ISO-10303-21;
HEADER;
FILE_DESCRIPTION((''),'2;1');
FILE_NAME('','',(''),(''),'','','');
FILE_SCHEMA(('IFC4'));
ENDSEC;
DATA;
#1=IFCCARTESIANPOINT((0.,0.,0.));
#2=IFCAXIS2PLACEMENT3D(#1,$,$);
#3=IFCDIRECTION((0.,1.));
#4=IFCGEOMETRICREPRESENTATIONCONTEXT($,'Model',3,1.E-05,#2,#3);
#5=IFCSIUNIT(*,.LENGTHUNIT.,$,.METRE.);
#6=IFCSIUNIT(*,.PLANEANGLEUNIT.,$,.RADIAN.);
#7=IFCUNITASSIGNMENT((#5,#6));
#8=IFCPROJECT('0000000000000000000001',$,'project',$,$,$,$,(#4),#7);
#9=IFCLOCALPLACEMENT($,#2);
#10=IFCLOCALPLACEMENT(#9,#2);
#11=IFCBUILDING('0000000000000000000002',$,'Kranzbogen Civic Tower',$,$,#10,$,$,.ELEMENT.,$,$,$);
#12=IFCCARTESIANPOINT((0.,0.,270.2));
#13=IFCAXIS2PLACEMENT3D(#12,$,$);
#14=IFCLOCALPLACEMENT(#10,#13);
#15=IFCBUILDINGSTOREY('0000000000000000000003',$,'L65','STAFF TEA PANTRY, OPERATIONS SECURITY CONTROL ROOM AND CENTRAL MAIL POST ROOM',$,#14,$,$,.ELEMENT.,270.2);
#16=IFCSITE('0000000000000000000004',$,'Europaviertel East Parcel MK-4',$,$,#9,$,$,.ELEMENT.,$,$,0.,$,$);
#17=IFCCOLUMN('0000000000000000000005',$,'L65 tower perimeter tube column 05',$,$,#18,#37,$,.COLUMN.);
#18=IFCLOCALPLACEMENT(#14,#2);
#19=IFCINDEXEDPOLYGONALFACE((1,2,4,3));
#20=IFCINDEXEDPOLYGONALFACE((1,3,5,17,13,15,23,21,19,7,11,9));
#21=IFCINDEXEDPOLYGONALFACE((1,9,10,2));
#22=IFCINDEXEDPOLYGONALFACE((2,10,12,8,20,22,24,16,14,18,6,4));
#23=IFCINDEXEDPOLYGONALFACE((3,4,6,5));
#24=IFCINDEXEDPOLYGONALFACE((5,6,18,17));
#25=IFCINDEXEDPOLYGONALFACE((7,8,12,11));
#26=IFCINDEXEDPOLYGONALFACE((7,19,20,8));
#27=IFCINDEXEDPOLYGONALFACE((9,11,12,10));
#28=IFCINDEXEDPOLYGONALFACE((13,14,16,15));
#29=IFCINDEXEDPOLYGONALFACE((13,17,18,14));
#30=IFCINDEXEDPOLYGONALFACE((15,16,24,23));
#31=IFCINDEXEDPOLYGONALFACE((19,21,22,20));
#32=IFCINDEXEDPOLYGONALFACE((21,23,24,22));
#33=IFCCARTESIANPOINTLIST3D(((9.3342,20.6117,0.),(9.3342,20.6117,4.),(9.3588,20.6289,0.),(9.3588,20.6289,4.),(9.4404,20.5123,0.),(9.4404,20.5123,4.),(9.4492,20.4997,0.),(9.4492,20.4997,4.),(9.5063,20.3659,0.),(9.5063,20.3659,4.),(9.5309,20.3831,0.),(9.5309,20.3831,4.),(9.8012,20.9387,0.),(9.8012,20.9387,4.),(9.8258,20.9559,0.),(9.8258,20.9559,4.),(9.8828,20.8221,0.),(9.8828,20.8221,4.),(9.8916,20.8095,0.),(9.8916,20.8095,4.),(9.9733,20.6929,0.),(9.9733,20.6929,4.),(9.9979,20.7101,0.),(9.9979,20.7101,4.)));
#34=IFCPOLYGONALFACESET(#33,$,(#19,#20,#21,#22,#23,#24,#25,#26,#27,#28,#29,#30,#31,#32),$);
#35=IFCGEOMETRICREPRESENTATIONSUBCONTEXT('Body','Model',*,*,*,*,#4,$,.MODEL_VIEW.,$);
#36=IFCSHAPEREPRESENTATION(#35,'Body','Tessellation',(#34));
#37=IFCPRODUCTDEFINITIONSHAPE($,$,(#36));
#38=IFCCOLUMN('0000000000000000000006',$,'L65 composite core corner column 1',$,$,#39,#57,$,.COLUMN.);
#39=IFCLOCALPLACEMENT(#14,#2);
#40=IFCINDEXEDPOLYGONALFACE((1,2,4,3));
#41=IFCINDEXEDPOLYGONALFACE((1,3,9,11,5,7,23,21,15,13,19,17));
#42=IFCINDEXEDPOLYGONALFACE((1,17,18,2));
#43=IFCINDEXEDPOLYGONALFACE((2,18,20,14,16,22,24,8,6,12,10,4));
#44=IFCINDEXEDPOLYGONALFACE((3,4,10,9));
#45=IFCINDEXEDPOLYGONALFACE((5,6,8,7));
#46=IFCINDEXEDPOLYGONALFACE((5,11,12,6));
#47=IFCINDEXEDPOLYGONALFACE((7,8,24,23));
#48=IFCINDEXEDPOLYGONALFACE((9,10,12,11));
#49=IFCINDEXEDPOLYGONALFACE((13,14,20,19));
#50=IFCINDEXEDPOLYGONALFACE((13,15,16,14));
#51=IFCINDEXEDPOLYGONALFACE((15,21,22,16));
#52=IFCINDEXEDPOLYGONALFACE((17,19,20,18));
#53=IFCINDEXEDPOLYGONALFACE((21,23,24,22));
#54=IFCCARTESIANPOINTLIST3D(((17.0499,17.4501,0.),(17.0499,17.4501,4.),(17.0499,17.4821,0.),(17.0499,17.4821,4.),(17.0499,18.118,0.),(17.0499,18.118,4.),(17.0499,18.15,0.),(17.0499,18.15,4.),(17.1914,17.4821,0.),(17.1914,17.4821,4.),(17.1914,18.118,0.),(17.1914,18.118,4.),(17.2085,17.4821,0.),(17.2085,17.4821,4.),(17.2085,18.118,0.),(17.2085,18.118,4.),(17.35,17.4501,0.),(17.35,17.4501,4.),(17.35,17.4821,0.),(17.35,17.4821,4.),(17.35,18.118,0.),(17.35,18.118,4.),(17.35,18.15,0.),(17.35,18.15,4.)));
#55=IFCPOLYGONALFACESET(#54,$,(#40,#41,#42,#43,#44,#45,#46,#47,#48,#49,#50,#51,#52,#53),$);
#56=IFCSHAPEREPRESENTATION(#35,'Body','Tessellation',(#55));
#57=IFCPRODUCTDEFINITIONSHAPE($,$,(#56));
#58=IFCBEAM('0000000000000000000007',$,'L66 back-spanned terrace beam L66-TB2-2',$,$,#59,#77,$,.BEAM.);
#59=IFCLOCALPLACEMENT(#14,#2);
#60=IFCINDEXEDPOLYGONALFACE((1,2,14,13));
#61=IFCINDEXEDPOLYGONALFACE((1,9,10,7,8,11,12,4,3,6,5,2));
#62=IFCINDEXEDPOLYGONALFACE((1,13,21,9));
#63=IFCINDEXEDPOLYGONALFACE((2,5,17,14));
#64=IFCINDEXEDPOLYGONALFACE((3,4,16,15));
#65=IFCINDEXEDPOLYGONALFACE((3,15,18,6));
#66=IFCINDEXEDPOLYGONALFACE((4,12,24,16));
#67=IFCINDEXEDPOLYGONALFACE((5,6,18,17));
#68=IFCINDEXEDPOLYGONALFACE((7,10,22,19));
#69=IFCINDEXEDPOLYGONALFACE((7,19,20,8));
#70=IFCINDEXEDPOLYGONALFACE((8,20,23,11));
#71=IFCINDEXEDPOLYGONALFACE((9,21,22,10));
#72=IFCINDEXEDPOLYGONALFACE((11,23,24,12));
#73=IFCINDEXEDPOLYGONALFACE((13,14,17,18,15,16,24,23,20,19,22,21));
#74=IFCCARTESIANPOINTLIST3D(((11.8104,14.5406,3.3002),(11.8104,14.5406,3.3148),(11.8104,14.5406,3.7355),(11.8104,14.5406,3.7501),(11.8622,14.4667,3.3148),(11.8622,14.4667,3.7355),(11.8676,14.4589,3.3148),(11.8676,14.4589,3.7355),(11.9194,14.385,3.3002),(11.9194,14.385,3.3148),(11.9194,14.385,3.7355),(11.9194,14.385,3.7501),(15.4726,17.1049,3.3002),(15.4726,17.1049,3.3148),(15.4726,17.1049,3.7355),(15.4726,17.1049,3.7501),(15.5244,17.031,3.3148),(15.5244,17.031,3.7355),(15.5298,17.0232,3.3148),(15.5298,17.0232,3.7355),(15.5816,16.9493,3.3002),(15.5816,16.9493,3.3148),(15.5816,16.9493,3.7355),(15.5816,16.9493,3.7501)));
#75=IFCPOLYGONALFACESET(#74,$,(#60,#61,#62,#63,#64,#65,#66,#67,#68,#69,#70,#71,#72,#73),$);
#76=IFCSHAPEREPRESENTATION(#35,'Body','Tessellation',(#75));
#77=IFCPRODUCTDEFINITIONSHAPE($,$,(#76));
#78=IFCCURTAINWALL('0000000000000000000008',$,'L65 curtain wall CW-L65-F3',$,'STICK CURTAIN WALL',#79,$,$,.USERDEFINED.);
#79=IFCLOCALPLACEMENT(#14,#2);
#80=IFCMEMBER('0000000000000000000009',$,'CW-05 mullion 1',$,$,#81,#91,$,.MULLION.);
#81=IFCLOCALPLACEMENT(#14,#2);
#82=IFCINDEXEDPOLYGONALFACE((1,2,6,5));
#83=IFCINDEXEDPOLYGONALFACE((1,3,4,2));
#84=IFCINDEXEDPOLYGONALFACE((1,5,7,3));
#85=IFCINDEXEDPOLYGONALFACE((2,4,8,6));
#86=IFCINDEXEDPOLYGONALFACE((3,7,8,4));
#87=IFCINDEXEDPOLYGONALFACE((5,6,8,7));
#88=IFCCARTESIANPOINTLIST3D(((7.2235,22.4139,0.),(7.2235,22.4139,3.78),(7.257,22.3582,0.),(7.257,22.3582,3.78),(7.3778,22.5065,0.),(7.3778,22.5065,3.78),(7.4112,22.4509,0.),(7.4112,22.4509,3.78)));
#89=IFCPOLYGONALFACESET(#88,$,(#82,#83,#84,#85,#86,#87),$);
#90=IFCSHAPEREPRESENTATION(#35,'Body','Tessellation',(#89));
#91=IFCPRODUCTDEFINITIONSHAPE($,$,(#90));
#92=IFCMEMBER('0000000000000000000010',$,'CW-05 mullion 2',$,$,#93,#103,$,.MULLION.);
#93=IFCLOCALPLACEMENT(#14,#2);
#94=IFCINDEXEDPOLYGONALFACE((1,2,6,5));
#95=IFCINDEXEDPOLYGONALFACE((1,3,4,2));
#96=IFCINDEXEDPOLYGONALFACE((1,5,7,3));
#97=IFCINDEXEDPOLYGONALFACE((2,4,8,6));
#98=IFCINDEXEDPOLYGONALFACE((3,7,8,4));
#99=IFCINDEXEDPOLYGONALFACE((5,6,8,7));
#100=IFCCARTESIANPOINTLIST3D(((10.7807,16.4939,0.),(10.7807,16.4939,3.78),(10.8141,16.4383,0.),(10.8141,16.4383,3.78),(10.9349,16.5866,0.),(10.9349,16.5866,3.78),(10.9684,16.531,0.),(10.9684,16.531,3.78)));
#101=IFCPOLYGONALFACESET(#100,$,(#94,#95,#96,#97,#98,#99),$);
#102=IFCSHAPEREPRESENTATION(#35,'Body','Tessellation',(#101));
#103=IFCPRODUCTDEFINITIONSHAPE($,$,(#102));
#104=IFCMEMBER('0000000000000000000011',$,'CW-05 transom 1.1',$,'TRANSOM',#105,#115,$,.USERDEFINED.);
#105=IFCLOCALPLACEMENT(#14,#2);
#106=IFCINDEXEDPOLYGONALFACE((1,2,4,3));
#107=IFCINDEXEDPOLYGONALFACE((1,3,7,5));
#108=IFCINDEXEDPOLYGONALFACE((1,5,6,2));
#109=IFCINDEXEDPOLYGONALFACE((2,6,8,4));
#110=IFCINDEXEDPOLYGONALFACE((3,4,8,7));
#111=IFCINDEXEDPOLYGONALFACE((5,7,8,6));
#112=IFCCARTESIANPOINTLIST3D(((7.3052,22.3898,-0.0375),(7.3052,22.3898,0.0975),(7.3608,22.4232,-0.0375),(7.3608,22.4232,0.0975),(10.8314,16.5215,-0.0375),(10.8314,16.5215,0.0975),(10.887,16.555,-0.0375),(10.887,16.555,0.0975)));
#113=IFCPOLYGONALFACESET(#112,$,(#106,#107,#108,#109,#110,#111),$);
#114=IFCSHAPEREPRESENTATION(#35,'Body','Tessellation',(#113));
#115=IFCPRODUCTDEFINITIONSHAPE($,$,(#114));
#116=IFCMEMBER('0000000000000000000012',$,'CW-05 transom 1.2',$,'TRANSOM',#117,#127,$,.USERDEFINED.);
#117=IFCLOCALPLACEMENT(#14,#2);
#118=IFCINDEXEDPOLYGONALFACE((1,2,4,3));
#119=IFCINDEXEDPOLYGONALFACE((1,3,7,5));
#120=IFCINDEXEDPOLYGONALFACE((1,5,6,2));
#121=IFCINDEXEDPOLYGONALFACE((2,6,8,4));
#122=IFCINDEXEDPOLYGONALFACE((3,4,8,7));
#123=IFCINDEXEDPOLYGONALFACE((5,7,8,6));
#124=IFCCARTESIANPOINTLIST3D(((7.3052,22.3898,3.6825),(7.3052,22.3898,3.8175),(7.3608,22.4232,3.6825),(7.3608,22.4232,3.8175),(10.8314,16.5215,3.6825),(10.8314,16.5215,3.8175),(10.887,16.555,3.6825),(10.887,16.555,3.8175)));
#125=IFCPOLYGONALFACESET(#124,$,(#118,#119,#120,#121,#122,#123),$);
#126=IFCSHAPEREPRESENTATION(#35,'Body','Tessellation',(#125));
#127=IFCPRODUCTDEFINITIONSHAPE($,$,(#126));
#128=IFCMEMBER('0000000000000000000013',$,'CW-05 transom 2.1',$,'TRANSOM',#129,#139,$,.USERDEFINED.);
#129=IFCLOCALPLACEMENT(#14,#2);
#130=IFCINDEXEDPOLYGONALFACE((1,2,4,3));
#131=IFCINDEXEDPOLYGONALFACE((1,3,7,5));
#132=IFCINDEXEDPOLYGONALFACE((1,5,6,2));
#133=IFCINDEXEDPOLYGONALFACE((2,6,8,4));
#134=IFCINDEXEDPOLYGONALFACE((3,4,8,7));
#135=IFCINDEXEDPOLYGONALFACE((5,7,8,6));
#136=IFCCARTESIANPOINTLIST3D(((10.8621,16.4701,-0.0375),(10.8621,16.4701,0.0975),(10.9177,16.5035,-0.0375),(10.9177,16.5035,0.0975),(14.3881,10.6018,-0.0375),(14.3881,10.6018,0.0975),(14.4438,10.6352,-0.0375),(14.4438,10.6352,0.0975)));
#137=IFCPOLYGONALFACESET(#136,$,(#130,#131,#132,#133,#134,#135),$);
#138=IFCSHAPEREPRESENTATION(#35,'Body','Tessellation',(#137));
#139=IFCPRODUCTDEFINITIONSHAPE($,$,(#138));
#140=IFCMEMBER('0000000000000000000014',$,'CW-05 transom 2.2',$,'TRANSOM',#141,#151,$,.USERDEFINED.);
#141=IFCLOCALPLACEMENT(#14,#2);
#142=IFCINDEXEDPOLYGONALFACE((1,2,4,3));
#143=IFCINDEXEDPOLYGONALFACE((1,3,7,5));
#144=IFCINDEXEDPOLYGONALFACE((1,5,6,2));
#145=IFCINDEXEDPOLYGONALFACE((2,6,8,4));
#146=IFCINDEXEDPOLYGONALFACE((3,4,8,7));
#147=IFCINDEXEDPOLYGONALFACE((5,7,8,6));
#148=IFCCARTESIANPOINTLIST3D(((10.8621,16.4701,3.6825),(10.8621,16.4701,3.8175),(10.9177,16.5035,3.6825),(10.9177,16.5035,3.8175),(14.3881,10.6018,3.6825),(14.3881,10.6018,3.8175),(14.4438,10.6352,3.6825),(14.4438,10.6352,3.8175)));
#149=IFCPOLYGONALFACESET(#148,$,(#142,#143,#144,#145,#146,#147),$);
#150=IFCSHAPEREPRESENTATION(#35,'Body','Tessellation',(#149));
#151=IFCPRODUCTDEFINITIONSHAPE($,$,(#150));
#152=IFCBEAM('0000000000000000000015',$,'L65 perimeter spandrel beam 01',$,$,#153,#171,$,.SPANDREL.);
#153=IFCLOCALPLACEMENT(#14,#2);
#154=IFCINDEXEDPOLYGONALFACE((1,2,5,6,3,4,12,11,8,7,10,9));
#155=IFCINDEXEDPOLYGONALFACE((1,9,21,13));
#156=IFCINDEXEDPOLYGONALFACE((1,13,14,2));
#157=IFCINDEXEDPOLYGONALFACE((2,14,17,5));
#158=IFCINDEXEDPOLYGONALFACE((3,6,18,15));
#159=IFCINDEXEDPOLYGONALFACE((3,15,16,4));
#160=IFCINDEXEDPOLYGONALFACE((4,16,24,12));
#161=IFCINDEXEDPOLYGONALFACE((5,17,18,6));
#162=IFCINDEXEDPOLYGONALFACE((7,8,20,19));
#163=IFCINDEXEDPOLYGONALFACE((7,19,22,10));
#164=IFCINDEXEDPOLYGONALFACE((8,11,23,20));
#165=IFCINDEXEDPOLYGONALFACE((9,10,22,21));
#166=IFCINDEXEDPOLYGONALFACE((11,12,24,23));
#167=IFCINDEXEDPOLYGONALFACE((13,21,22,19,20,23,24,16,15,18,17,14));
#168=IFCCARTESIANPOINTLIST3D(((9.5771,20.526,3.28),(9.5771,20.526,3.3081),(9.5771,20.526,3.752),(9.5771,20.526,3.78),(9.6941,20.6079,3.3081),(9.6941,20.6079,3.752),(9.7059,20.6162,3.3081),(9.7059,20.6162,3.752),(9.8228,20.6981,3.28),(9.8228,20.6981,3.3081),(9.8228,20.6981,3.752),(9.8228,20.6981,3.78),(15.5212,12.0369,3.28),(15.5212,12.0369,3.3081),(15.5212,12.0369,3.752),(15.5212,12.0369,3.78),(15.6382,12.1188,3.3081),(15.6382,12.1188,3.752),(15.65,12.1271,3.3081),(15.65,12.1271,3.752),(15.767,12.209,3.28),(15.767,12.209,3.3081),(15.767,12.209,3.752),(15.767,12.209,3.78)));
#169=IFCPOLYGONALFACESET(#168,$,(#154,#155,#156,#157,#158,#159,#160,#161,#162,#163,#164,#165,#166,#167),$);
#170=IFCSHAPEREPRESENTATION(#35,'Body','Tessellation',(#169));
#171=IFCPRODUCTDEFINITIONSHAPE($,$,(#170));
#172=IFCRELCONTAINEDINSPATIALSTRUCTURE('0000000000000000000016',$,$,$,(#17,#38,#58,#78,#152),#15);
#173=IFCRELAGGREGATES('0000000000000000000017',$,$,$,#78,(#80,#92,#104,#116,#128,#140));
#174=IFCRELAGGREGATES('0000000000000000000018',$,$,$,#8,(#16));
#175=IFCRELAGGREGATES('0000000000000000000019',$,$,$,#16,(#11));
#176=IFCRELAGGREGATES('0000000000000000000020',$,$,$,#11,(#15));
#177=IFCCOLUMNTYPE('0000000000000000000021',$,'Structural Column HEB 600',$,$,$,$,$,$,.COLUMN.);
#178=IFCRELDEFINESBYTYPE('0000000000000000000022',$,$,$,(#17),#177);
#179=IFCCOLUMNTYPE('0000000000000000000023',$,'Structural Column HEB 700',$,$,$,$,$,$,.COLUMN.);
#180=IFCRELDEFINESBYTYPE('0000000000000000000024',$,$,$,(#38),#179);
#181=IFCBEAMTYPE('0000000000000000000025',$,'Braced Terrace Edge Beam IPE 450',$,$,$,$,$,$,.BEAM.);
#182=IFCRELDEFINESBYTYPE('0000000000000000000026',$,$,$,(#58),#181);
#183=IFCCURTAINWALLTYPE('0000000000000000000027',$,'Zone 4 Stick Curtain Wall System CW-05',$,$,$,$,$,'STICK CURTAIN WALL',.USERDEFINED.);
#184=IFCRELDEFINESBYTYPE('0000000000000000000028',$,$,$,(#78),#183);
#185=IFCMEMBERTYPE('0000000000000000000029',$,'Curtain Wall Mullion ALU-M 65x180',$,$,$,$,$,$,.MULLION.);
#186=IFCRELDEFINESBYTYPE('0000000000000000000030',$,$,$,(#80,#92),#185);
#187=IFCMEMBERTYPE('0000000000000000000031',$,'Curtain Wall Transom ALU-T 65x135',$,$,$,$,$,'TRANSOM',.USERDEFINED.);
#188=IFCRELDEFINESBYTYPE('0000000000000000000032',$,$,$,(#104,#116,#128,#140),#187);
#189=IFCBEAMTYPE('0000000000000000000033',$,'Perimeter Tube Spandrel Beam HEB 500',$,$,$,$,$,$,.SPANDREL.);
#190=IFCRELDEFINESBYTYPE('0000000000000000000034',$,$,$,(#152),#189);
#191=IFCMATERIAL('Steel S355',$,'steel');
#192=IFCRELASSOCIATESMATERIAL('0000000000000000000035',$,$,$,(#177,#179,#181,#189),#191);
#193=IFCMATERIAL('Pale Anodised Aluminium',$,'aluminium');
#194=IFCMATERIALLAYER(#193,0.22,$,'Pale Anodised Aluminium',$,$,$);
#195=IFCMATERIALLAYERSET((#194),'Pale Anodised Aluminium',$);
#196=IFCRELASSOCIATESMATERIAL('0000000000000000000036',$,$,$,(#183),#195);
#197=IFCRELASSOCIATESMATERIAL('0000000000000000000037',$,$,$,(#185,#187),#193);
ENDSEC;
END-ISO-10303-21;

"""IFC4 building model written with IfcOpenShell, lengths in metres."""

from ifc_helpers import new_model, si_unit, direction, frame, origin, origin_2d, place, context, subcontext, project, spatial, rectangle, i_section, extrude, material, layer, layer_set, material_profile, profile_set, type_object, element, aggregate, save


model = new_model("IFC4")

# Units and contexts
model_context = context("Model", 3, precision=1e-05, world=origin(), true_north=direction((0.0, 1.0)))
body_context = subcontext(model_context, "Body", "Model", "MODEL_VIEW")
ifc_project = project(units=[si_unit("LENGTHUNIT", "METRE"), si_unit("PLANEANGLEUNIT", "RADIAN")], contexts=[model_context])

# Site, building, storey
site_placement = place(None, origin())
site = spatial("IfcSite", under=ifc_project, at=site_placement, Name="Europaviertel East Parcel MK-4", CompositionType="ELEMENT", RefElevation=0.0)
building_placement = place(site_placement, origin())
building = spatial("IfcBuilding", under=site, at=building_placement, Name="Kranzbogen Civic Tower", CompositionType="ELEMENT")
storey_placement = place(building_placement, frame((0.0, 0.0, 270.2)))
storey = spatial("IfcBuildingStorey", under=building, at=storey_placement, Name="L65", Description="STAFF TEA PANTRY, OPERATIONS SECURITY CONTROL ROOM AND CENTRAL MAIL POST ROOM", CompositionType="ELEMENT", Elevation=270.2)

# Columns
ifc_material_1 = material(Name="Steel S355", Category="steel")
ifc_material_profile_1 = material_profile(ifc_material_1, i_section(OverallWidth=0.3, OverallDepth=0.6001, WebThickness=0.0154, FlangeThickness=0.03, at=origin_2d()), Name="HEB 600")
ifc_profile_set_1 = profile_set([ifc_material_profile_1], Name="Steel S355")
column_type_1 = type_object("IfcColumnType", Name="Structural Column HEB 600", PredefinedType="COLUMN", material=ifc_profile_set_1)
column_1_placement = place(storey_placement, frame((9.666, 20.6609, 0.0), z_axis=(0.0, 0.0, 1.0), x_axis=(-0.573576, 0.819152, 0.0)))
element("IfcColumn", 1, at=column_1_placement, inside=storey, type_object=column_type_1, Name="L65 tower perimeter tube column 05", PredefinedType="COLUMN", context=body_context, shape_type="SweptSolid", body=[
    extrude(i_section(OverallWidth=0.3, OverallDepth=0.6001, WebThickness=0.0154, FlangeThickness=0.03, at=origin_2d()), origin(), (0.0, 0.0, 1.0), 4.0),
])
ifc_material_profile_2 = material_profile(ifc_material_1, i_section(OverallWidth=0.3, OverallDepth=0.7, WebThickness=0.0171, FlangeThickness=0.032, at=origin_2d()), Name="HEB 700")
ifc_profile_set_2 = profile_set([ifc_material_profile_2], Name="Steel S355")
column_type_2 = type_object("IfcColumnType", Name="Structural Column HEB 700", PredefinedType="COLUMN", material=ifc_profile_set_2)
column_2_placement = place(storey_placement, frame((17.2, 17.8, 0.0), z_axis=(0.0, 0.0, 1.0), x_axis=(1.0, 0.0, 0.0)))
element("IfcColumn", 2, at=column_2_placement, inside=storey, type_object=column_type_2, Name="L65 composite core corner column 1", PredefinedType="COLUMN", context=body_context, shape_type="SweptSolid", body=[
    extrude(i_section(OverallWidth=0.3, OverallDepth=0.7, WebThickness=0.0171, FlangeThickness=0.032, at=origin_2d()), origin(), (0.0, 0.0, 1.0), 4.0),
])

# Beam
ifc_material_profile_3 = material_profile(ifc_material_1, i_section(OverallWidth=0.1899, OverallDepth=0.45, WebThickness=0.0095, FlangeThickness=0.0146, at=origin_2d()), Name="IPE 450")
ifc_profile_set_3 = profile_set([ifc_material_profile_3], Name="Steel S355")
beam_type_1 = type_object("IfcBeamType", Name="Braced Terrace Edge Beam IPE 450", PredefinedType="BEAM", material=ifc_profile_set_3)
beam_1_placement = place(storey_placement, frame((15.5271, 17.0271, 3.5251), z_axis=(-0.819155, -0.573572, 0.0), x_axis=(0.573572, -0.819155, 0.0)))
element("IfcBeam", 3, at=beam_1_placement, inside=storey, type_object=beam_type_1, Name="L66 back-spanned terrace beam L66-TB2-2", PredefinedType="BEAM", context=body_context, shape_type="SweptSolid", body=[
    extrude(i_section(OverallWidth=0.1899, OverallDepth=0.45, WebThickness=0.0095, FlangeThickness=0.0146, at=origin_2d()), origin(), (0.0, 0.0, 1.0), 4.4707),
])

# Curtain wall, members
ifc_material_2 = material(Name="Pale Anodised Aluminium", Category="aluminium")
ifc_layer_1 = layer(ifc_material_2, 0.22, Name="Pale Anodised Aluminium")
ifc_layer_set_1 = layer_set([ifc_layer_1], Name="Pale Anodised Aluminium")
curtain_wall_type = type_object("IfcCurtainWallType", Name="Zone 4 Stick Curtain Wall System CW-05", ElementType="STICK CURTAIN WALL", PredefinedType="USERDEFINED", material=ifc_layer_set_1)
curtain_wall_placement = place(storey_placement, origin())
curtain_wall = element("IfcCurtainWall", 4, at=curtain_wall_placement, inside=storey, type_object=curtain_wall_type, Name="L65 curtain wall CW-L65-F3", ObjectType="STICK CURTAIN WALL", PredefinedType="USERDEFINED")
ifc_material_profile_4 = material_profile(ifc_material_2, rectangle(XDim=0.0649, YDim=0.1799, at=origin_2d()), Name="ALU-M 65x180")
ifc_profile_set_4 = profile_set([ifc_material_profile_4], Name="Pale Anodised Aluminium")
member_type_1 = type_object("IfcMemberType", Name="Curtain Wall Mullion ALU-M 65x180", PredefinedType="MULLION", material=ifc_profile_set_4)
member_1_placement = place(storey_placement, frame((7.3174, 22.4324, 0.0), z_axis=(0.0, 0.0, 1.0), x_axis=(0.515047, -0.857162, 0.0)))
member_1 = element("IfcMember", 5, at=member_1_placement, type_object=member_type_1, Name="CW-05 mullion 1", PredefinedType="MULLION", context=body_context, shape_type="SweptSolid", body=[
    extrude(rectangle(XDim=0.0649, YDim=0.1799, at=origin_2d()), origin(), (0.0, 0.0, 1.0), 3.78),
])
member_2_placement = place(storey_placement, frame((10.8745, 16.5125, 0.0), z_axis=(0.0, 0.0, 1.0), x_axis=(0.515047, -0.857162, 0.0)))
member_2 = element("IfcMember", 6, at=member_2_placement, type_object=member_type_1, Name="CW-05 mullion 2", PredefinedType="MULLION", context=body_context, shape_type="SweptSolid", body=[
    extrude(rectangle(XDim=0.0649, YDim=0.1799, at=origin_2d()), origin(), (0.0, 0.0, 1.0), 3.78),
])
ifc_material_profile_5 = material_profile(ifc_material_2, rectangle(XDim=0.0649, YDim=0.135, at=origin_2d()), Name="ALU-T 65x135")
ifc_profile_set_5 = profile_set([ifc_material_profile_5], Name="Pale Anodised Aluminium")
member_type_2 = type_object("IfcMemberType", Name="Curtain Wall Transom ALU-T 65x135", ElementType="TRANSOM", PredefinedType="USERDEFINED", material=ifc_profile_set_5)
member_3_placement = place(storey_placement, frame((7.333, 22.4065, 0.03), z_axis=(0.515057, -0.857156, 0.0), x_axis=(0.857156, 0.515057, 0.0)))
member_3 = element("IfcMember", 7, at=member_3_placement, type_object=member_type_2, Name="CW-05 transom 1.1", ObjectType="TRANSOM", PredefinedType="USERDEFINED", context=body_context, shape_type="SweptSolid", body=[
    extrude(rectangle(XDim=0.0649, YDim=0.135, at=origin_2d()), origin(), (0.0, 0.0, 1.0), 6.8462),
])
member_4_placement = place(storey_placement, frame((7.333, 22.4065, 3.75), z_axis=(0.515057, -0.857156, 0.0), x_axis=(0.857156, 0.515057, 0.0)))
member_4 = element("IfcMember", 8, at=member_4_placement, type_object=member_type_2, Name="CW-05 transom 1.2", ObjectType="TRANSOM", PredefinedType="USERDEFINED", context=body_context, shape_type="SweptSolid", body=[
    extrude(rectangle(XDim=0.0649, YDim=0.135, at=origin_2d()), origin(), (0.0, 0.0, 1.0), 6.8462),
])
member_5_placement = place(storey_placement, frame((10.8899, 16.4868, 0.03), z_axis=(0.515041, -0.857166, 0.0), x_axis=(0.857166, 0.515041, 0.0)))
member_5 = element("IfcMember", 9, at=member_5_placement, type_object=member_type_2, Name="CW-05 transom 2.1", ObjectType="TRANSOM", PredefinedType="USERDEFINED", context=body_context, shape_type="SweptSolid", body=[
    extrude(rectangle(XDim=0.0649, YDim=0.135, at=origin_2d()), origin(), (0.0, 0.0, 1.0), 6.8462),
])
member_6_placement = place(storey_placement, frame((10.8899, 16.4868, 3.75), z_axis=(0.515041, -0.857166, 0.0), x_axis=(0.857166, 0.515041, 0.0)))
member_6 = element("IfcMember", 10, at=member_6_placement, type_object=member_type_2, Name="CW-05 transom 2.2", ObjectType="TRANSOM", PredefinedType="USERDEFINED", context=body_context, shape_type="SweptSolid", body=[
    extrude(rectangle(XDim=0.0649, YDim=0.135, at=origin_2d()), origin(), (0.0, 0.0, 1.0), 6.8462),
])

# Beam
ifc_material_profile_6 = material_profile(ifc_material_1, i_section(OverallWidth=0.3, OverallDepth=0.5, WebThickness=0.0144, FlangeThickness=0.0281, at=origin_2d()), Name="HEB 500")
ifc_profile_set_6 = profile_set([ifc_material_profile_6], Name="Steel S355")
beam_type_2 = type_object("IfcBeamType", Name="Perimeter Tube Spandrel Beam HEB 500", PredefinedType="SPANDREL", material=ifc_profile_set_6)
beam_2_placement = place(storey_placement, frame((9.7, 20.6121, 3.53), z_axis=(0.573578, -0.819151, 0.0), x_axis=(0.819151, 0.573578, 0.0)))
element("IfcBeam", 11, at=beam_2_placement, inside=storey, type_object=beam_type_2, Name="L65 perimeter spandrel beam 01", PredefinedType="SPANDREL", context=body_context, shape_type="SweptSolid", body=[
    extrude(i_section(OverallWidth=0.3, OverallDepth=0.5, WebThickness=0.0144, FlangeThickness=0.0281, at=origin_2d()), origin(), (0.0, 0.0, 1.0), 10.3633),
])

aggregate(curtain_wall, [member_1, member_2, member_3, member_4, member_5, member_6])

save(model, "model.ifc")
